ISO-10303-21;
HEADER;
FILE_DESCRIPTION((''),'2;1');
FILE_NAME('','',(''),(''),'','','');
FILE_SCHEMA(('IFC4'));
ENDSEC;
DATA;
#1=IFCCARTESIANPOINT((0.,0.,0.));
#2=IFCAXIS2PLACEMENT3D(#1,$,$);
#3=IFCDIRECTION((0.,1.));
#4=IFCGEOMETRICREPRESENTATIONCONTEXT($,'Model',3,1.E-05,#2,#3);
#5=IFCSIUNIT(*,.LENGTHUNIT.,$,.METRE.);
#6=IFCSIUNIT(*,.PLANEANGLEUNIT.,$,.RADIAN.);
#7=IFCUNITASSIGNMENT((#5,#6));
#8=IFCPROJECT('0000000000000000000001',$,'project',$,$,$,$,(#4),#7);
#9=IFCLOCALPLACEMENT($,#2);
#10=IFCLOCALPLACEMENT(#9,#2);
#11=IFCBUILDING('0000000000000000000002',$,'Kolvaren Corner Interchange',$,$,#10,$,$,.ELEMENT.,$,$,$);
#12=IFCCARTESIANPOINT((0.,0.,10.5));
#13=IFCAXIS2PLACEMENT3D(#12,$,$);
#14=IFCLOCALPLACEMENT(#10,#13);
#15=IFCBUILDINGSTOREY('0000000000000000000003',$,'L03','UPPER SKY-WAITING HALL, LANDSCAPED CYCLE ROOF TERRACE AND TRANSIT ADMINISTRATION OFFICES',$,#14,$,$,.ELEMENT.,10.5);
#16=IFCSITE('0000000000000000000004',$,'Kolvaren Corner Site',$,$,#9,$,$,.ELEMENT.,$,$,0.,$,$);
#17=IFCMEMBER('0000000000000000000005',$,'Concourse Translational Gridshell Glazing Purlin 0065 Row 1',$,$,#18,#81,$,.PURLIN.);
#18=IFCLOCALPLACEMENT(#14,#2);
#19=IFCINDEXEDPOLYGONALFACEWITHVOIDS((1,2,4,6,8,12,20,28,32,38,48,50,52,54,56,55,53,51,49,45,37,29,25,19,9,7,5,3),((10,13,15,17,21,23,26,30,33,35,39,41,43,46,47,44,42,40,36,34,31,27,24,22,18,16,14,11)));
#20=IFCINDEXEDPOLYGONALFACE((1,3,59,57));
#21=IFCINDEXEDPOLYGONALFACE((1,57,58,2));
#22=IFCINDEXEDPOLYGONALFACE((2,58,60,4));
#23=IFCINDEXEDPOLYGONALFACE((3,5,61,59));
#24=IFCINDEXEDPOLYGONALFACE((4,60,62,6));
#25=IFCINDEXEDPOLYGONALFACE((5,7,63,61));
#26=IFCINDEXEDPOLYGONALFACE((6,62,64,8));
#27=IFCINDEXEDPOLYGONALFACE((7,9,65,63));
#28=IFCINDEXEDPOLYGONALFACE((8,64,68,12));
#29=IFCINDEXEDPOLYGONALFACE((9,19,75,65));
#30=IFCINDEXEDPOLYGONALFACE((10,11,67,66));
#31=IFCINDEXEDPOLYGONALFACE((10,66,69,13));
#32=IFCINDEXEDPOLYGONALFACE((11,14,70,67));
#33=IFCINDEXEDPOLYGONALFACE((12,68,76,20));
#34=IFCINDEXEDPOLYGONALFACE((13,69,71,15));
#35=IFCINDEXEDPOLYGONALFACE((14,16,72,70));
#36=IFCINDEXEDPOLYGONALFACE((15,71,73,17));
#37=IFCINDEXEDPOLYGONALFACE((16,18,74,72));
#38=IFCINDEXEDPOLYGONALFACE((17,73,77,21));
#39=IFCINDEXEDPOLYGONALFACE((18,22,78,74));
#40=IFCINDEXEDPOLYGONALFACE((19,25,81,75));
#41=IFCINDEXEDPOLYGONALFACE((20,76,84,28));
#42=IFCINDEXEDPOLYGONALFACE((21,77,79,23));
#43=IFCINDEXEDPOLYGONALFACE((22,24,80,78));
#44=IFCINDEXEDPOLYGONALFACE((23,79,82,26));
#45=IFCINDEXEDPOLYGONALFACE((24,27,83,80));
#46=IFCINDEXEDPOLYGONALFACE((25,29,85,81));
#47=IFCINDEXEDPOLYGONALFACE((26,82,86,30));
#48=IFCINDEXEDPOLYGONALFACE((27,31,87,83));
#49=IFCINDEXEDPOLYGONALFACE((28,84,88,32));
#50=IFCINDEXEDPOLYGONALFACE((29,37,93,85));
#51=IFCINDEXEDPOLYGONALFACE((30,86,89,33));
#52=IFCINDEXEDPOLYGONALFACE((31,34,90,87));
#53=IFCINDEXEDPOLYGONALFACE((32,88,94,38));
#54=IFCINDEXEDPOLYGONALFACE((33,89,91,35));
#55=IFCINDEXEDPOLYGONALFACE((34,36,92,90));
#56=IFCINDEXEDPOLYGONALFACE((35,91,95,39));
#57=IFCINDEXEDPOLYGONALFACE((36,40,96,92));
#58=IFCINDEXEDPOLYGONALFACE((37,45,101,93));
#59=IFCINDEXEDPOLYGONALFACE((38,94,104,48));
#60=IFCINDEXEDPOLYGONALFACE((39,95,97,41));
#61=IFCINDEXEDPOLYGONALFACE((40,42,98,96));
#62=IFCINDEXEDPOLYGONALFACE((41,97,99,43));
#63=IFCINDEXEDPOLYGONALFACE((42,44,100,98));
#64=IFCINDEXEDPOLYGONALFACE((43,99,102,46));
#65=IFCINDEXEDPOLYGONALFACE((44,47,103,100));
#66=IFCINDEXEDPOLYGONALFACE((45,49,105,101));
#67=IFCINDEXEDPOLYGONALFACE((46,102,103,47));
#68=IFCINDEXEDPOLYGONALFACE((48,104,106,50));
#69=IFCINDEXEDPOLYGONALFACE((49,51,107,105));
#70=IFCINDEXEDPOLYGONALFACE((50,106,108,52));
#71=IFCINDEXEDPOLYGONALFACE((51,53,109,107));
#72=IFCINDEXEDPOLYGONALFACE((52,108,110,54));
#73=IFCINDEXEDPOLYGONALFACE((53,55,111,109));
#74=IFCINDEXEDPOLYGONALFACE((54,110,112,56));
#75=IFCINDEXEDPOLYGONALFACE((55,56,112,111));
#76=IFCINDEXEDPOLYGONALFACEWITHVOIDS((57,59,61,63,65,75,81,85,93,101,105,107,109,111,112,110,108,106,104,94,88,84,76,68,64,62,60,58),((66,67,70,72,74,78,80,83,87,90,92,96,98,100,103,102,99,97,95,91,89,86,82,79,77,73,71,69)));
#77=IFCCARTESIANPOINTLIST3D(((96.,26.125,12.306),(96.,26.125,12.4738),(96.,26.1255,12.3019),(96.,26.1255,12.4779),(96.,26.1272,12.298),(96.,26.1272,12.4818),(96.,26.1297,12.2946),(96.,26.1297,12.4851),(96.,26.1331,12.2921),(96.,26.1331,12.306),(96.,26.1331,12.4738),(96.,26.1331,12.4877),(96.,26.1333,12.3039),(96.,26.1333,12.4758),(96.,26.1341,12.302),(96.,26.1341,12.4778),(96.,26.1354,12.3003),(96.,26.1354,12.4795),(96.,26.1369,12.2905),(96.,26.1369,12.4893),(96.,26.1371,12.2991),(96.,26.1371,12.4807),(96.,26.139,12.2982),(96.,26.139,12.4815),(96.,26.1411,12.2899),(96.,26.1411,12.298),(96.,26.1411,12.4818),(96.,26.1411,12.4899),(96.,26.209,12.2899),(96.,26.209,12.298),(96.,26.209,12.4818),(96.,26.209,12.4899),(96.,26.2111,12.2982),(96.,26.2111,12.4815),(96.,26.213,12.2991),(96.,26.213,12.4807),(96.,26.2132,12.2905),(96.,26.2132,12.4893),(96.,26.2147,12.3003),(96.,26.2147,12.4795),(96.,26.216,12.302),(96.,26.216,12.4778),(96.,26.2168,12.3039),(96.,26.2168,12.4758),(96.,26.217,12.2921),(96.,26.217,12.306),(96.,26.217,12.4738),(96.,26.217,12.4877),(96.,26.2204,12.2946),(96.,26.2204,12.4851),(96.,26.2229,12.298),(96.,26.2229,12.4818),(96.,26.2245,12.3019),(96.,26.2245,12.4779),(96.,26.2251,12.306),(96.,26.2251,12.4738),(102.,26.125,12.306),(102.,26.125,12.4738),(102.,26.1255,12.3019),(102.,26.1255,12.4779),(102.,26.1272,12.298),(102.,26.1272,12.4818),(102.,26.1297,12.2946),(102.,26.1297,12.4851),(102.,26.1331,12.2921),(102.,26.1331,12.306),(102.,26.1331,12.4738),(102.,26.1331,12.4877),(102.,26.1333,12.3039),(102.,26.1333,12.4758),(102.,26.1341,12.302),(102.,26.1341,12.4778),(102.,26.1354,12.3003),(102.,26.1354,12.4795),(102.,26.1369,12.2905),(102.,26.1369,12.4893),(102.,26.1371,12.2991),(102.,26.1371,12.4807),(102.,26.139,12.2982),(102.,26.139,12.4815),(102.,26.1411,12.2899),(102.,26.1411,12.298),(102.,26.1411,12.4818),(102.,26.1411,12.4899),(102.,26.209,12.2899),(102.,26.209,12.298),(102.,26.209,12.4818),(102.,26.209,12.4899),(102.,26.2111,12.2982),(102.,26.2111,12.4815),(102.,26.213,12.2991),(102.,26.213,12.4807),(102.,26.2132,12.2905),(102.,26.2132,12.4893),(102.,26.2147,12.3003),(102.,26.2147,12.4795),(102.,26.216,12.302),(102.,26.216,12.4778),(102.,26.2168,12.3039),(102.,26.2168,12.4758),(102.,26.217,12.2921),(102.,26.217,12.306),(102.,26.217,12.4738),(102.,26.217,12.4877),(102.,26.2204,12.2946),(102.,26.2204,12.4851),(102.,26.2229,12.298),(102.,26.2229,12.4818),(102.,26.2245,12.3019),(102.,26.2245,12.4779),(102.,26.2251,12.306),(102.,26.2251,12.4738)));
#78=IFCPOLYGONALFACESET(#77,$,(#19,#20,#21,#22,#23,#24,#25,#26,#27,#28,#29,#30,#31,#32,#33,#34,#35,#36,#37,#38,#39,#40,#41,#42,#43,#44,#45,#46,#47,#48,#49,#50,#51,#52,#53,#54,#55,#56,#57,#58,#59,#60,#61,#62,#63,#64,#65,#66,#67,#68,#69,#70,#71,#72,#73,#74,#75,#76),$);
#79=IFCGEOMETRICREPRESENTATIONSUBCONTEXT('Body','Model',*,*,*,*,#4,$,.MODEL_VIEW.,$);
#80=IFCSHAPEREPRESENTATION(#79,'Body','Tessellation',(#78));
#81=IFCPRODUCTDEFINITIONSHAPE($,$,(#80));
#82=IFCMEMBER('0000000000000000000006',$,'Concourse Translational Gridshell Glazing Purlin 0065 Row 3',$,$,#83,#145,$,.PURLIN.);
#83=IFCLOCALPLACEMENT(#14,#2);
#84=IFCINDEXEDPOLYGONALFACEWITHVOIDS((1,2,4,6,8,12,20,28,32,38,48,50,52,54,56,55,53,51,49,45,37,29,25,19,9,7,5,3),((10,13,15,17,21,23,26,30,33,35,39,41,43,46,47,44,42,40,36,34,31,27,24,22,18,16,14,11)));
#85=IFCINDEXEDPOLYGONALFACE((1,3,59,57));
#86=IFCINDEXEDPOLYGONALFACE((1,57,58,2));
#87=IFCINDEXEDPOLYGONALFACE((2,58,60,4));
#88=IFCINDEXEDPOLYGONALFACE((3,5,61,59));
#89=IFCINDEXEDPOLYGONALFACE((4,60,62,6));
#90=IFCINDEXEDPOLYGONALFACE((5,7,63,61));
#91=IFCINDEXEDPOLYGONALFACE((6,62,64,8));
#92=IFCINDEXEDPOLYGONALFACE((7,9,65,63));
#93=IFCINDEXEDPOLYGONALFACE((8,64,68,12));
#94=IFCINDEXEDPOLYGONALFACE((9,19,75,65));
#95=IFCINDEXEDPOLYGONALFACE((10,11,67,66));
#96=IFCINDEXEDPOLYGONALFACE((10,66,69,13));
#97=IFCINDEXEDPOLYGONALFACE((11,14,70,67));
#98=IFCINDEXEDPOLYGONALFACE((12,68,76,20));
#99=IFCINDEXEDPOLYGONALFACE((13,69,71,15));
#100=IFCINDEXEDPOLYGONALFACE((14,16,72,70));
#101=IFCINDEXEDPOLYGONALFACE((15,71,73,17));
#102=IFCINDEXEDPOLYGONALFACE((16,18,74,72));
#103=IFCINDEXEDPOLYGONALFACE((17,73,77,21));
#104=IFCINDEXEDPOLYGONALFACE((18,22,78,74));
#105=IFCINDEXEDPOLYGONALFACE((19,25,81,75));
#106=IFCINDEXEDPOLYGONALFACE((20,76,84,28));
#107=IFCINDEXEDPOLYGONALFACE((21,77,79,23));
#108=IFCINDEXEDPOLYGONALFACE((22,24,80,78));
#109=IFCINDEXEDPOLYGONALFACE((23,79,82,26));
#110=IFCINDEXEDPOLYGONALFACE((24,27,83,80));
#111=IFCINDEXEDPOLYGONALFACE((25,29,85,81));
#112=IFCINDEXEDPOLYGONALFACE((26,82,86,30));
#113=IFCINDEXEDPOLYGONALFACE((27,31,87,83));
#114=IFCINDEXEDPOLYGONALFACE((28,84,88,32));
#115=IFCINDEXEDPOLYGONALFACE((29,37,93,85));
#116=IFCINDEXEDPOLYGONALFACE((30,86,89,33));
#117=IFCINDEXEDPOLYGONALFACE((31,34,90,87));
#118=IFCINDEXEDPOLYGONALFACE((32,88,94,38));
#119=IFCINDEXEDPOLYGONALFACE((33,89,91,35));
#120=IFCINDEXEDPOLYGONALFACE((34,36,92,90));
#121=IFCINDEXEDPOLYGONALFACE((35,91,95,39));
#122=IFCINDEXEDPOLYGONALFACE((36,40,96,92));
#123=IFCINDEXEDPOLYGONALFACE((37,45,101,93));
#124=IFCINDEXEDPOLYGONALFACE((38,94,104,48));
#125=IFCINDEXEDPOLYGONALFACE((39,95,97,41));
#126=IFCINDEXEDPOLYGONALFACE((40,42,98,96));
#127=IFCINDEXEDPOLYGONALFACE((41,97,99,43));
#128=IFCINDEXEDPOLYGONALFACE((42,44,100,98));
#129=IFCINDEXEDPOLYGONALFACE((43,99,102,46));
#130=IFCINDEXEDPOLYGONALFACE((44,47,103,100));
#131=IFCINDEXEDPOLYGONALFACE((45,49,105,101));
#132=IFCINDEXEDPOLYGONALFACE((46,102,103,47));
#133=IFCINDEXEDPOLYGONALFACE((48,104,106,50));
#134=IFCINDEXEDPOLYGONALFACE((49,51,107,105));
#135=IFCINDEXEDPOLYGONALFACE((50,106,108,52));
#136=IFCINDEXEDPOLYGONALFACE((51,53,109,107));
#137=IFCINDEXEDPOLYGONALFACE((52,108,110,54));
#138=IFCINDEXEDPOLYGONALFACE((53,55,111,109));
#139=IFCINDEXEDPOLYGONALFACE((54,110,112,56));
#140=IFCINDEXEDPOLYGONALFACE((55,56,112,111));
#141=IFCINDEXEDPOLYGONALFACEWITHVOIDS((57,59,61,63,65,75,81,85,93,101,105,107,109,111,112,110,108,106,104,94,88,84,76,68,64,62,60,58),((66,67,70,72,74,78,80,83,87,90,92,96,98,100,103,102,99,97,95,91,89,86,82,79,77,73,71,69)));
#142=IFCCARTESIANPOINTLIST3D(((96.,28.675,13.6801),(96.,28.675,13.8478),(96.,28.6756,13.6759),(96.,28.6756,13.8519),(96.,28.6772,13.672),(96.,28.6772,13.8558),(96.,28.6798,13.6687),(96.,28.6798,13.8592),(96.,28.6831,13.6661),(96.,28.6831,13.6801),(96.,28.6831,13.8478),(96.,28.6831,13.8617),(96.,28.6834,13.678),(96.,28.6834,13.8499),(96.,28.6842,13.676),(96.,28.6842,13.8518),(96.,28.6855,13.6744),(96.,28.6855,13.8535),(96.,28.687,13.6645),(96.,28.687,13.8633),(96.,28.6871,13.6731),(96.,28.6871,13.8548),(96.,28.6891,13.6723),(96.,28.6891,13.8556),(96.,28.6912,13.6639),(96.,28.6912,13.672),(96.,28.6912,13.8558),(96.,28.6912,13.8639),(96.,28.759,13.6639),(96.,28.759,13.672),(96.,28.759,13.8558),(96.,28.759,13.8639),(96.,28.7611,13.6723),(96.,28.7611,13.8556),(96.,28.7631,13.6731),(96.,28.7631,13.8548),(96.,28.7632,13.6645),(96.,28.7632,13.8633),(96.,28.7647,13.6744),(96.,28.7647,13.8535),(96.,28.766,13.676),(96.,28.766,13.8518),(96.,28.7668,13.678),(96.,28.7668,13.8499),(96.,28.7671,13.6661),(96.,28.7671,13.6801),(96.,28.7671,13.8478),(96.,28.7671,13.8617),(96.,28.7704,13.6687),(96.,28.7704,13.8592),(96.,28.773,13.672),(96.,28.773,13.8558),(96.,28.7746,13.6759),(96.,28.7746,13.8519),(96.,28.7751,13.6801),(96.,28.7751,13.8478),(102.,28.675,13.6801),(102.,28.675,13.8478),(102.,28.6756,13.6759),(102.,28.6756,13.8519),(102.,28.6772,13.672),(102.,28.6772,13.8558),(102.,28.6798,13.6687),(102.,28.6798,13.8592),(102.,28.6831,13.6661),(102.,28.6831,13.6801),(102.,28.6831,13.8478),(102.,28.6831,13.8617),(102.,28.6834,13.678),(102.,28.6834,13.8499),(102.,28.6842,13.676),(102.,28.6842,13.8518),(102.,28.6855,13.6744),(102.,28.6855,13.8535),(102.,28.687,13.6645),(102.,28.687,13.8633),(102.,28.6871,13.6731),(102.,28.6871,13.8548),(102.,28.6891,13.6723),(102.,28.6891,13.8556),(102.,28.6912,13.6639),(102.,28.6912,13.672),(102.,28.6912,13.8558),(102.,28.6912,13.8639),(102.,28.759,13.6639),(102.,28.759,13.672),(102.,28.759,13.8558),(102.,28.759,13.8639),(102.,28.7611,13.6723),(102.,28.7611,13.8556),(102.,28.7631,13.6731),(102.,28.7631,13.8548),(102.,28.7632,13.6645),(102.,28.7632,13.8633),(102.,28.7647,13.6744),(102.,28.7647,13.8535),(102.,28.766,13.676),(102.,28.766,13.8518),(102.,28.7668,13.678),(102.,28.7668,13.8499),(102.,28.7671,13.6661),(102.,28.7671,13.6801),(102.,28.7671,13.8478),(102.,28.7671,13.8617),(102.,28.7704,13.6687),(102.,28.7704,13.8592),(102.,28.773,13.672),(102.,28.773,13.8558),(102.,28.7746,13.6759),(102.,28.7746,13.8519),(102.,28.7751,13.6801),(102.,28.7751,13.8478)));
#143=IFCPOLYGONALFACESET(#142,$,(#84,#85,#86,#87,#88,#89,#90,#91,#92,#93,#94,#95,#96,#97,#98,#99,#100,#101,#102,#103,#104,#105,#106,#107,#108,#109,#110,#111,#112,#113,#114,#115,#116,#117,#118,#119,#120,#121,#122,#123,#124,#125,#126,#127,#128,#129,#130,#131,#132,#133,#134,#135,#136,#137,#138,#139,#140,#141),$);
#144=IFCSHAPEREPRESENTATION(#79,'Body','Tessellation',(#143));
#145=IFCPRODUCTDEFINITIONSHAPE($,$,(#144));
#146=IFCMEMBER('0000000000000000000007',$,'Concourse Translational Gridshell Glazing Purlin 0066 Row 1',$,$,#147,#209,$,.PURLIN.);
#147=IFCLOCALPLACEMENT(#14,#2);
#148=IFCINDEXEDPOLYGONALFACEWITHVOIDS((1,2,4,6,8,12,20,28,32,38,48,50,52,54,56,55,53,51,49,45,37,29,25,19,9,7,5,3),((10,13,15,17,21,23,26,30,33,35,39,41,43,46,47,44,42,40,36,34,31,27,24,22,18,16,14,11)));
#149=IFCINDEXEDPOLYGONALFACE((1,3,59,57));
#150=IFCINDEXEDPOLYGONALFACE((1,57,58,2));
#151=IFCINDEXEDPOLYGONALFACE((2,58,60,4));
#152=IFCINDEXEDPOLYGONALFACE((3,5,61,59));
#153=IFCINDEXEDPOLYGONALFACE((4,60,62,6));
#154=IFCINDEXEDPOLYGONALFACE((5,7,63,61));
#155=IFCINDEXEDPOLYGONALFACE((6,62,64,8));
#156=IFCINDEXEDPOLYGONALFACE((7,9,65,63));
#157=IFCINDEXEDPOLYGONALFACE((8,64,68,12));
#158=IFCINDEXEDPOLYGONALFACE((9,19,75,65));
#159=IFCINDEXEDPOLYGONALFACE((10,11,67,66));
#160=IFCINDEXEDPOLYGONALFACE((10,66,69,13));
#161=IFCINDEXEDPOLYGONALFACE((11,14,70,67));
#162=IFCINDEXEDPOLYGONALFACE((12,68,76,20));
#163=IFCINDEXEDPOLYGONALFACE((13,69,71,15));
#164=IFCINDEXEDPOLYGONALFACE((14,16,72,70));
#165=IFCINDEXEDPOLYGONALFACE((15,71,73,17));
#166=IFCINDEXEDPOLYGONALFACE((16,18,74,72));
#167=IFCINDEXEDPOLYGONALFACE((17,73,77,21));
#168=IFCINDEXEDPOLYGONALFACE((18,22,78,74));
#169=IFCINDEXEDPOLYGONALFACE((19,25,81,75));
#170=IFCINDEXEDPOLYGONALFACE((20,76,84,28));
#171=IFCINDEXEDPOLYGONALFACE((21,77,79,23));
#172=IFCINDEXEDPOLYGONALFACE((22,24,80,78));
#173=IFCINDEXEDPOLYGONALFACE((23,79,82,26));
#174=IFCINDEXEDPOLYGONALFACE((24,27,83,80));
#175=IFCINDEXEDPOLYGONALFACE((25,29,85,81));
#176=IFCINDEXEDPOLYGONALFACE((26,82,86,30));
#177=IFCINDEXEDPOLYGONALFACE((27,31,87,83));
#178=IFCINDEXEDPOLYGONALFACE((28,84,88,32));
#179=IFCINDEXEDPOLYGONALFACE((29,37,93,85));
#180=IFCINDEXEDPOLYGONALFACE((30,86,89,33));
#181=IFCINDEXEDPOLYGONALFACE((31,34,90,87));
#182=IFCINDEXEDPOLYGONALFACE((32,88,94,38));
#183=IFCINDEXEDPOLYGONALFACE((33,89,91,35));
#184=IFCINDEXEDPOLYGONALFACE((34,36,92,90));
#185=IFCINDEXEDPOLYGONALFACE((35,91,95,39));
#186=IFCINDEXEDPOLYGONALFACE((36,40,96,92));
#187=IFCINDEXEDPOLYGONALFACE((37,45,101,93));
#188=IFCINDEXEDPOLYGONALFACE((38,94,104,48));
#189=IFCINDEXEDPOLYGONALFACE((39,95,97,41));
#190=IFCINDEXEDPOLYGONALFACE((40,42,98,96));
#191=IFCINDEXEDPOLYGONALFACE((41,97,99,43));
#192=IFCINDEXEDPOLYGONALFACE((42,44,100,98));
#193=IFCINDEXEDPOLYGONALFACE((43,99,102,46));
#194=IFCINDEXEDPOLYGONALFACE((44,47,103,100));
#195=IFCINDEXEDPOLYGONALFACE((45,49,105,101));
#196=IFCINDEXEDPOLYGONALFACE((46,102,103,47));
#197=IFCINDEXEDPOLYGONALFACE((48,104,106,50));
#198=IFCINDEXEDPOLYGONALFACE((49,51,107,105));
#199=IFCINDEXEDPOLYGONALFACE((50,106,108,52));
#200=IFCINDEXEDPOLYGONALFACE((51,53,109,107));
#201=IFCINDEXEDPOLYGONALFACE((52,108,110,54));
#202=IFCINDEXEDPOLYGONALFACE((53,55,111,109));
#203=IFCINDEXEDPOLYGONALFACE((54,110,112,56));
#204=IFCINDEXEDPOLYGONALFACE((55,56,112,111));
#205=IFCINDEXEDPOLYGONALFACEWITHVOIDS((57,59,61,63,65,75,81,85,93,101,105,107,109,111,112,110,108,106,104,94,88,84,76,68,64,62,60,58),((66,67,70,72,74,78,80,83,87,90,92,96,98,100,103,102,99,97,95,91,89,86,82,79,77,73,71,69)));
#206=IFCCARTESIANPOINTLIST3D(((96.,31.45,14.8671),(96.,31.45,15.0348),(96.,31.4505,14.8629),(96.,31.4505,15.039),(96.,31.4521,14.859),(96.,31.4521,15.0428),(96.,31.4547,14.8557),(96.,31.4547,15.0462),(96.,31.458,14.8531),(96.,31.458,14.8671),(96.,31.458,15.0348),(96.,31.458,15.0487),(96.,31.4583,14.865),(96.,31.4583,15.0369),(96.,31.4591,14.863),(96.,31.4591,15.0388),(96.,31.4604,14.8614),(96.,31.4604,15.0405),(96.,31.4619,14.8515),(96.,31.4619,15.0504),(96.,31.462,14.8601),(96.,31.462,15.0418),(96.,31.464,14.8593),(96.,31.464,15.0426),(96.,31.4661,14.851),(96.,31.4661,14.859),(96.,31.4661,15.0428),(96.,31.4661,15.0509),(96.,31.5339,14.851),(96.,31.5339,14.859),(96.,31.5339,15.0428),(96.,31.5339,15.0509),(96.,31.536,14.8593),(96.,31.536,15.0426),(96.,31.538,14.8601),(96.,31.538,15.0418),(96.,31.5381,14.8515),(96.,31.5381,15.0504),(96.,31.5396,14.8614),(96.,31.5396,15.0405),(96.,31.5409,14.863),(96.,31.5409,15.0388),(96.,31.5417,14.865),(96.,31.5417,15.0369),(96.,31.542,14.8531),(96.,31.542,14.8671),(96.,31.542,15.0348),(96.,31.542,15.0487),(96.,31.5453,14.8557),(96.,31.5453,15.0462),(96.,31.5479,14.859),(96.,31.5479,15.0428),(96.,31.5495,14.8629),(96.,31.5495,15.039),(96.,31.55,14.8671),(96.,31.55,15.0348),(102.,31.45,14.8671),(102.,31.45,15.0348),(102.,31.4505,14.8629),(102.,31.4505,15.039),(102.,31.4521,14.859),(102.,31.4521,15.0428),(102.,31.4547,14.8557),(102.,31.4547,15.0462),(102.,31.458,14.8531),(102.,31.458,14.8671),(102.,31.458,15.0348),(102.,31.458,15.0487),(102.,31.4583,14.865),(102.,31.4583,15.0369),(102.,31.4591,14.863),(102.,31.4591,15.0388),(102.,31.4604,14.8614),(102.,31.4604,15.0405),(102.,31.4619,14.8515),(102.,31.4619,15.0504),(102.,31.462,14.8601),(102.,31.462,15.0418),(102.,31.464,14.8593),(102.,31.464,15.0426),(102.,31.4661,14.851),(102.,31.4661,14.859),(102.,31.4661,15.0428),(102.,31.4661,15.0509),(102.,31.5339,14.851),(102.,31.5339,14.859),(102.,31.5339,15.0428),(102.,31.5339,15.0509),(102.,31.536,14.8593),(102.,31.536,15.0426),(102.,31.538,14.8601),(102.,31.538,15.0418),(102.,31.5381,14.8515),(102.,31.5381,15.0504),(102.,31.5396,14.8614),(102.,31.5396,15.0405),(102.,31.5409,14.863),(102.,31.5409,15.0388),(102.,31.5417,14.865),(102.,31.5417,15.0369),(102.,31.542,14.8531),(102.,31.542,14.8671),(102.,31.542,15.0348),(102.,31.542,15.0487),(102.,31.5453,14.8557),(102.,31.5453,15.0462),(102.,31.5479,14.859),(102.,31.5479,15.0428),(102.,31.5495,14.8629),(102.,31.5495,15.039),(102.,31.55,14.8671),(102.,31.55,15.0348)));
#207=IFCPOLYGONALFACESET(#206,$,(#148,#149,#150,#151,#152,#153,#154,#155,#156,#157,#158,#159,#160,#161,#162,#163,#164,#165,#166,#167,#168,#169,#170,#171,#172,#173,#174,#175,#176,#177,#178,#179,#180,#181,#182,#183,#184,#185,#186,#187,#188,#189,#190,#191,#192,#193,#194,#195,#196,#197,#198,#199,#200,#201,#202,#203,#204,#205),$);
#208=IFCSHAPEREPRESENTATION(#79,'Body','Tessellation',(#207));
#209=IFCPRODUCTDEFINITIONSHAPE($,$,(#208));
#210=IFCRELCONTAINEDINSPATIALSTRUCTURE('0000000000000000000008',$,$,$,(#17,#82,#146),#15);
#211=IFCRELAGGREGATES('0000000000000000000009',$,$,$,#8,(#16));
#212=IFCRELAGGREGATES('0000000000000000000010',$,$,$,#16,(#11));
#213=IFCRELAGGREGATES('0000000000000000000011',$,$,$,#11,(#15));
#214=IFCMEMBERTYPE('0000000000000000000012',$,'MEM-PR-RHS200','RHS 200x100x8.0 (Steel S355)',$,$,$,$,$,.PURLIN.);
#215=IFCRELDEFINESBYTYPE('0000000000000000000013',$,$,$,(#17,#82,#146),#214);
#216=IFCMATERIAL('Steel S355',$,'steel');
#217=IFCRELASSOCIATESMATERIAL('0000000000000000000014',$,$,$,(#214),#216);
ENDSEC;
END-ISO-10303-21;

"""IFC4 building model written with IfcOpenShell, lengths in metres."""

from ifc_helpers import new_model, si_unit, direction, frame, origin, origin_2d, place, context, subcontext, project, spatial, hollow_rectangle, extrude, material, material_profile, profile_set, type_object, element, save


model = new_model("IFC4")

# Units and contexts
model_context = context("Model", 3, precision=1e-05, world=origin(), true_north=direction((0.0, 1.0)))
body_context = subcontext(model_context, "Body", "Model", "MODEL_VIEW")
ifc_project = project(units=[si_unit("LENGTHUNIT", "METRE"), si_unit("PLANEANGLEUNIT", "RADIAN")], contexts=[model_context])

# Site, building, storey
site_placement = place(None, origin())
site = spatial("IfcSite", under=ifc_project, at=site_placement, Name="Kolvaren Corner Site", CompositionType="ELEMENT", RefElevation=0.0)
building_placement = place(site_placement, origin())
building = spatial("IfcBuilding", under=site, at=building_placement, Name="Kolvaren Corner Interchange", CompositionType="ELEMENT")
storey_placement = place(building_placement, frame((0.0, 0.0, 10.5)))
storey = spatial("IfcBuildingStorey", under=building, at=storey_placement, Name="L03", Description="UPPER SKY-WAITING HALL, LANDSCAPED CYCLE ROOF TERRACE AND TRANSIT ADMINISTRATION OFFICES", CompositionType="ELEMENT", Elevation=10.5)

# Members
ifc_material_1 = material(Name="Steel S355", Category="steel")
ifc_material_profile_1 = material_profile(ifc_material_1, hollow_rectangle(XDim=0.1001, YDim=0.2, WallThickness=0.0081, InnerFilletRadius=0.0081, OuterFilletRadius=0.0161, at=origin_2d()), Name="RHS 200x100x8.0")
ifc_profile_set_1 = profile_set([ifc_material_profile_1], Name="Steel S355")
member_type_1 = type_object("IfcMemberType", Name="MEM-PR-RHS200", Description="RHS 200x100x8.0 (Steel S355)", PredefinedType="PURLIN", material=ifc_profile_set_1)
for number, where, z_axis, x_axis, name in (
    (1, (96.0, 26.175, 12.3899), (1.0, 0.0, 0.0), (0.0, 1.0, 0.0), "Concourse Translational Gridshell Glazing Purlin 0065 Row 1"),
    (2, (96.0, 28.7251, 13.7639), (1.0, 0.0, 0.0), (0.0, 1.0, 0.0), "Concourse Translational Gridshell Glazing Purlin 0065 Row 3"),
    (3, (96.0, 31.5, 14.9509), (1.0, 0.0, 0.0), (0.0, 1.0, 0.0), "Concourse Translational Gridshell Glazing Purlin 0066 Row 1"),
):
    element("IfcMember", number, at=place(storey_placement, frame(where, z_axis=z_axis, x_axis=x_axis)), inside=storey, type_object=member_type_1, Name=name, PredefinedType="PURLIN", context=body_context, shape_type="SweptSolid", body=[
        extrude(hollow_rectangle(XDim=0.1001, YDim=0.2, WallThickness=0.0081, InnerFilletRadius=0.0081, OuterFilletRadius=0.0161, at=origin_2d()), origin(), (0.0, 0.0, 1.0), 6.0),
    ])

save(model, "model.ifc")
